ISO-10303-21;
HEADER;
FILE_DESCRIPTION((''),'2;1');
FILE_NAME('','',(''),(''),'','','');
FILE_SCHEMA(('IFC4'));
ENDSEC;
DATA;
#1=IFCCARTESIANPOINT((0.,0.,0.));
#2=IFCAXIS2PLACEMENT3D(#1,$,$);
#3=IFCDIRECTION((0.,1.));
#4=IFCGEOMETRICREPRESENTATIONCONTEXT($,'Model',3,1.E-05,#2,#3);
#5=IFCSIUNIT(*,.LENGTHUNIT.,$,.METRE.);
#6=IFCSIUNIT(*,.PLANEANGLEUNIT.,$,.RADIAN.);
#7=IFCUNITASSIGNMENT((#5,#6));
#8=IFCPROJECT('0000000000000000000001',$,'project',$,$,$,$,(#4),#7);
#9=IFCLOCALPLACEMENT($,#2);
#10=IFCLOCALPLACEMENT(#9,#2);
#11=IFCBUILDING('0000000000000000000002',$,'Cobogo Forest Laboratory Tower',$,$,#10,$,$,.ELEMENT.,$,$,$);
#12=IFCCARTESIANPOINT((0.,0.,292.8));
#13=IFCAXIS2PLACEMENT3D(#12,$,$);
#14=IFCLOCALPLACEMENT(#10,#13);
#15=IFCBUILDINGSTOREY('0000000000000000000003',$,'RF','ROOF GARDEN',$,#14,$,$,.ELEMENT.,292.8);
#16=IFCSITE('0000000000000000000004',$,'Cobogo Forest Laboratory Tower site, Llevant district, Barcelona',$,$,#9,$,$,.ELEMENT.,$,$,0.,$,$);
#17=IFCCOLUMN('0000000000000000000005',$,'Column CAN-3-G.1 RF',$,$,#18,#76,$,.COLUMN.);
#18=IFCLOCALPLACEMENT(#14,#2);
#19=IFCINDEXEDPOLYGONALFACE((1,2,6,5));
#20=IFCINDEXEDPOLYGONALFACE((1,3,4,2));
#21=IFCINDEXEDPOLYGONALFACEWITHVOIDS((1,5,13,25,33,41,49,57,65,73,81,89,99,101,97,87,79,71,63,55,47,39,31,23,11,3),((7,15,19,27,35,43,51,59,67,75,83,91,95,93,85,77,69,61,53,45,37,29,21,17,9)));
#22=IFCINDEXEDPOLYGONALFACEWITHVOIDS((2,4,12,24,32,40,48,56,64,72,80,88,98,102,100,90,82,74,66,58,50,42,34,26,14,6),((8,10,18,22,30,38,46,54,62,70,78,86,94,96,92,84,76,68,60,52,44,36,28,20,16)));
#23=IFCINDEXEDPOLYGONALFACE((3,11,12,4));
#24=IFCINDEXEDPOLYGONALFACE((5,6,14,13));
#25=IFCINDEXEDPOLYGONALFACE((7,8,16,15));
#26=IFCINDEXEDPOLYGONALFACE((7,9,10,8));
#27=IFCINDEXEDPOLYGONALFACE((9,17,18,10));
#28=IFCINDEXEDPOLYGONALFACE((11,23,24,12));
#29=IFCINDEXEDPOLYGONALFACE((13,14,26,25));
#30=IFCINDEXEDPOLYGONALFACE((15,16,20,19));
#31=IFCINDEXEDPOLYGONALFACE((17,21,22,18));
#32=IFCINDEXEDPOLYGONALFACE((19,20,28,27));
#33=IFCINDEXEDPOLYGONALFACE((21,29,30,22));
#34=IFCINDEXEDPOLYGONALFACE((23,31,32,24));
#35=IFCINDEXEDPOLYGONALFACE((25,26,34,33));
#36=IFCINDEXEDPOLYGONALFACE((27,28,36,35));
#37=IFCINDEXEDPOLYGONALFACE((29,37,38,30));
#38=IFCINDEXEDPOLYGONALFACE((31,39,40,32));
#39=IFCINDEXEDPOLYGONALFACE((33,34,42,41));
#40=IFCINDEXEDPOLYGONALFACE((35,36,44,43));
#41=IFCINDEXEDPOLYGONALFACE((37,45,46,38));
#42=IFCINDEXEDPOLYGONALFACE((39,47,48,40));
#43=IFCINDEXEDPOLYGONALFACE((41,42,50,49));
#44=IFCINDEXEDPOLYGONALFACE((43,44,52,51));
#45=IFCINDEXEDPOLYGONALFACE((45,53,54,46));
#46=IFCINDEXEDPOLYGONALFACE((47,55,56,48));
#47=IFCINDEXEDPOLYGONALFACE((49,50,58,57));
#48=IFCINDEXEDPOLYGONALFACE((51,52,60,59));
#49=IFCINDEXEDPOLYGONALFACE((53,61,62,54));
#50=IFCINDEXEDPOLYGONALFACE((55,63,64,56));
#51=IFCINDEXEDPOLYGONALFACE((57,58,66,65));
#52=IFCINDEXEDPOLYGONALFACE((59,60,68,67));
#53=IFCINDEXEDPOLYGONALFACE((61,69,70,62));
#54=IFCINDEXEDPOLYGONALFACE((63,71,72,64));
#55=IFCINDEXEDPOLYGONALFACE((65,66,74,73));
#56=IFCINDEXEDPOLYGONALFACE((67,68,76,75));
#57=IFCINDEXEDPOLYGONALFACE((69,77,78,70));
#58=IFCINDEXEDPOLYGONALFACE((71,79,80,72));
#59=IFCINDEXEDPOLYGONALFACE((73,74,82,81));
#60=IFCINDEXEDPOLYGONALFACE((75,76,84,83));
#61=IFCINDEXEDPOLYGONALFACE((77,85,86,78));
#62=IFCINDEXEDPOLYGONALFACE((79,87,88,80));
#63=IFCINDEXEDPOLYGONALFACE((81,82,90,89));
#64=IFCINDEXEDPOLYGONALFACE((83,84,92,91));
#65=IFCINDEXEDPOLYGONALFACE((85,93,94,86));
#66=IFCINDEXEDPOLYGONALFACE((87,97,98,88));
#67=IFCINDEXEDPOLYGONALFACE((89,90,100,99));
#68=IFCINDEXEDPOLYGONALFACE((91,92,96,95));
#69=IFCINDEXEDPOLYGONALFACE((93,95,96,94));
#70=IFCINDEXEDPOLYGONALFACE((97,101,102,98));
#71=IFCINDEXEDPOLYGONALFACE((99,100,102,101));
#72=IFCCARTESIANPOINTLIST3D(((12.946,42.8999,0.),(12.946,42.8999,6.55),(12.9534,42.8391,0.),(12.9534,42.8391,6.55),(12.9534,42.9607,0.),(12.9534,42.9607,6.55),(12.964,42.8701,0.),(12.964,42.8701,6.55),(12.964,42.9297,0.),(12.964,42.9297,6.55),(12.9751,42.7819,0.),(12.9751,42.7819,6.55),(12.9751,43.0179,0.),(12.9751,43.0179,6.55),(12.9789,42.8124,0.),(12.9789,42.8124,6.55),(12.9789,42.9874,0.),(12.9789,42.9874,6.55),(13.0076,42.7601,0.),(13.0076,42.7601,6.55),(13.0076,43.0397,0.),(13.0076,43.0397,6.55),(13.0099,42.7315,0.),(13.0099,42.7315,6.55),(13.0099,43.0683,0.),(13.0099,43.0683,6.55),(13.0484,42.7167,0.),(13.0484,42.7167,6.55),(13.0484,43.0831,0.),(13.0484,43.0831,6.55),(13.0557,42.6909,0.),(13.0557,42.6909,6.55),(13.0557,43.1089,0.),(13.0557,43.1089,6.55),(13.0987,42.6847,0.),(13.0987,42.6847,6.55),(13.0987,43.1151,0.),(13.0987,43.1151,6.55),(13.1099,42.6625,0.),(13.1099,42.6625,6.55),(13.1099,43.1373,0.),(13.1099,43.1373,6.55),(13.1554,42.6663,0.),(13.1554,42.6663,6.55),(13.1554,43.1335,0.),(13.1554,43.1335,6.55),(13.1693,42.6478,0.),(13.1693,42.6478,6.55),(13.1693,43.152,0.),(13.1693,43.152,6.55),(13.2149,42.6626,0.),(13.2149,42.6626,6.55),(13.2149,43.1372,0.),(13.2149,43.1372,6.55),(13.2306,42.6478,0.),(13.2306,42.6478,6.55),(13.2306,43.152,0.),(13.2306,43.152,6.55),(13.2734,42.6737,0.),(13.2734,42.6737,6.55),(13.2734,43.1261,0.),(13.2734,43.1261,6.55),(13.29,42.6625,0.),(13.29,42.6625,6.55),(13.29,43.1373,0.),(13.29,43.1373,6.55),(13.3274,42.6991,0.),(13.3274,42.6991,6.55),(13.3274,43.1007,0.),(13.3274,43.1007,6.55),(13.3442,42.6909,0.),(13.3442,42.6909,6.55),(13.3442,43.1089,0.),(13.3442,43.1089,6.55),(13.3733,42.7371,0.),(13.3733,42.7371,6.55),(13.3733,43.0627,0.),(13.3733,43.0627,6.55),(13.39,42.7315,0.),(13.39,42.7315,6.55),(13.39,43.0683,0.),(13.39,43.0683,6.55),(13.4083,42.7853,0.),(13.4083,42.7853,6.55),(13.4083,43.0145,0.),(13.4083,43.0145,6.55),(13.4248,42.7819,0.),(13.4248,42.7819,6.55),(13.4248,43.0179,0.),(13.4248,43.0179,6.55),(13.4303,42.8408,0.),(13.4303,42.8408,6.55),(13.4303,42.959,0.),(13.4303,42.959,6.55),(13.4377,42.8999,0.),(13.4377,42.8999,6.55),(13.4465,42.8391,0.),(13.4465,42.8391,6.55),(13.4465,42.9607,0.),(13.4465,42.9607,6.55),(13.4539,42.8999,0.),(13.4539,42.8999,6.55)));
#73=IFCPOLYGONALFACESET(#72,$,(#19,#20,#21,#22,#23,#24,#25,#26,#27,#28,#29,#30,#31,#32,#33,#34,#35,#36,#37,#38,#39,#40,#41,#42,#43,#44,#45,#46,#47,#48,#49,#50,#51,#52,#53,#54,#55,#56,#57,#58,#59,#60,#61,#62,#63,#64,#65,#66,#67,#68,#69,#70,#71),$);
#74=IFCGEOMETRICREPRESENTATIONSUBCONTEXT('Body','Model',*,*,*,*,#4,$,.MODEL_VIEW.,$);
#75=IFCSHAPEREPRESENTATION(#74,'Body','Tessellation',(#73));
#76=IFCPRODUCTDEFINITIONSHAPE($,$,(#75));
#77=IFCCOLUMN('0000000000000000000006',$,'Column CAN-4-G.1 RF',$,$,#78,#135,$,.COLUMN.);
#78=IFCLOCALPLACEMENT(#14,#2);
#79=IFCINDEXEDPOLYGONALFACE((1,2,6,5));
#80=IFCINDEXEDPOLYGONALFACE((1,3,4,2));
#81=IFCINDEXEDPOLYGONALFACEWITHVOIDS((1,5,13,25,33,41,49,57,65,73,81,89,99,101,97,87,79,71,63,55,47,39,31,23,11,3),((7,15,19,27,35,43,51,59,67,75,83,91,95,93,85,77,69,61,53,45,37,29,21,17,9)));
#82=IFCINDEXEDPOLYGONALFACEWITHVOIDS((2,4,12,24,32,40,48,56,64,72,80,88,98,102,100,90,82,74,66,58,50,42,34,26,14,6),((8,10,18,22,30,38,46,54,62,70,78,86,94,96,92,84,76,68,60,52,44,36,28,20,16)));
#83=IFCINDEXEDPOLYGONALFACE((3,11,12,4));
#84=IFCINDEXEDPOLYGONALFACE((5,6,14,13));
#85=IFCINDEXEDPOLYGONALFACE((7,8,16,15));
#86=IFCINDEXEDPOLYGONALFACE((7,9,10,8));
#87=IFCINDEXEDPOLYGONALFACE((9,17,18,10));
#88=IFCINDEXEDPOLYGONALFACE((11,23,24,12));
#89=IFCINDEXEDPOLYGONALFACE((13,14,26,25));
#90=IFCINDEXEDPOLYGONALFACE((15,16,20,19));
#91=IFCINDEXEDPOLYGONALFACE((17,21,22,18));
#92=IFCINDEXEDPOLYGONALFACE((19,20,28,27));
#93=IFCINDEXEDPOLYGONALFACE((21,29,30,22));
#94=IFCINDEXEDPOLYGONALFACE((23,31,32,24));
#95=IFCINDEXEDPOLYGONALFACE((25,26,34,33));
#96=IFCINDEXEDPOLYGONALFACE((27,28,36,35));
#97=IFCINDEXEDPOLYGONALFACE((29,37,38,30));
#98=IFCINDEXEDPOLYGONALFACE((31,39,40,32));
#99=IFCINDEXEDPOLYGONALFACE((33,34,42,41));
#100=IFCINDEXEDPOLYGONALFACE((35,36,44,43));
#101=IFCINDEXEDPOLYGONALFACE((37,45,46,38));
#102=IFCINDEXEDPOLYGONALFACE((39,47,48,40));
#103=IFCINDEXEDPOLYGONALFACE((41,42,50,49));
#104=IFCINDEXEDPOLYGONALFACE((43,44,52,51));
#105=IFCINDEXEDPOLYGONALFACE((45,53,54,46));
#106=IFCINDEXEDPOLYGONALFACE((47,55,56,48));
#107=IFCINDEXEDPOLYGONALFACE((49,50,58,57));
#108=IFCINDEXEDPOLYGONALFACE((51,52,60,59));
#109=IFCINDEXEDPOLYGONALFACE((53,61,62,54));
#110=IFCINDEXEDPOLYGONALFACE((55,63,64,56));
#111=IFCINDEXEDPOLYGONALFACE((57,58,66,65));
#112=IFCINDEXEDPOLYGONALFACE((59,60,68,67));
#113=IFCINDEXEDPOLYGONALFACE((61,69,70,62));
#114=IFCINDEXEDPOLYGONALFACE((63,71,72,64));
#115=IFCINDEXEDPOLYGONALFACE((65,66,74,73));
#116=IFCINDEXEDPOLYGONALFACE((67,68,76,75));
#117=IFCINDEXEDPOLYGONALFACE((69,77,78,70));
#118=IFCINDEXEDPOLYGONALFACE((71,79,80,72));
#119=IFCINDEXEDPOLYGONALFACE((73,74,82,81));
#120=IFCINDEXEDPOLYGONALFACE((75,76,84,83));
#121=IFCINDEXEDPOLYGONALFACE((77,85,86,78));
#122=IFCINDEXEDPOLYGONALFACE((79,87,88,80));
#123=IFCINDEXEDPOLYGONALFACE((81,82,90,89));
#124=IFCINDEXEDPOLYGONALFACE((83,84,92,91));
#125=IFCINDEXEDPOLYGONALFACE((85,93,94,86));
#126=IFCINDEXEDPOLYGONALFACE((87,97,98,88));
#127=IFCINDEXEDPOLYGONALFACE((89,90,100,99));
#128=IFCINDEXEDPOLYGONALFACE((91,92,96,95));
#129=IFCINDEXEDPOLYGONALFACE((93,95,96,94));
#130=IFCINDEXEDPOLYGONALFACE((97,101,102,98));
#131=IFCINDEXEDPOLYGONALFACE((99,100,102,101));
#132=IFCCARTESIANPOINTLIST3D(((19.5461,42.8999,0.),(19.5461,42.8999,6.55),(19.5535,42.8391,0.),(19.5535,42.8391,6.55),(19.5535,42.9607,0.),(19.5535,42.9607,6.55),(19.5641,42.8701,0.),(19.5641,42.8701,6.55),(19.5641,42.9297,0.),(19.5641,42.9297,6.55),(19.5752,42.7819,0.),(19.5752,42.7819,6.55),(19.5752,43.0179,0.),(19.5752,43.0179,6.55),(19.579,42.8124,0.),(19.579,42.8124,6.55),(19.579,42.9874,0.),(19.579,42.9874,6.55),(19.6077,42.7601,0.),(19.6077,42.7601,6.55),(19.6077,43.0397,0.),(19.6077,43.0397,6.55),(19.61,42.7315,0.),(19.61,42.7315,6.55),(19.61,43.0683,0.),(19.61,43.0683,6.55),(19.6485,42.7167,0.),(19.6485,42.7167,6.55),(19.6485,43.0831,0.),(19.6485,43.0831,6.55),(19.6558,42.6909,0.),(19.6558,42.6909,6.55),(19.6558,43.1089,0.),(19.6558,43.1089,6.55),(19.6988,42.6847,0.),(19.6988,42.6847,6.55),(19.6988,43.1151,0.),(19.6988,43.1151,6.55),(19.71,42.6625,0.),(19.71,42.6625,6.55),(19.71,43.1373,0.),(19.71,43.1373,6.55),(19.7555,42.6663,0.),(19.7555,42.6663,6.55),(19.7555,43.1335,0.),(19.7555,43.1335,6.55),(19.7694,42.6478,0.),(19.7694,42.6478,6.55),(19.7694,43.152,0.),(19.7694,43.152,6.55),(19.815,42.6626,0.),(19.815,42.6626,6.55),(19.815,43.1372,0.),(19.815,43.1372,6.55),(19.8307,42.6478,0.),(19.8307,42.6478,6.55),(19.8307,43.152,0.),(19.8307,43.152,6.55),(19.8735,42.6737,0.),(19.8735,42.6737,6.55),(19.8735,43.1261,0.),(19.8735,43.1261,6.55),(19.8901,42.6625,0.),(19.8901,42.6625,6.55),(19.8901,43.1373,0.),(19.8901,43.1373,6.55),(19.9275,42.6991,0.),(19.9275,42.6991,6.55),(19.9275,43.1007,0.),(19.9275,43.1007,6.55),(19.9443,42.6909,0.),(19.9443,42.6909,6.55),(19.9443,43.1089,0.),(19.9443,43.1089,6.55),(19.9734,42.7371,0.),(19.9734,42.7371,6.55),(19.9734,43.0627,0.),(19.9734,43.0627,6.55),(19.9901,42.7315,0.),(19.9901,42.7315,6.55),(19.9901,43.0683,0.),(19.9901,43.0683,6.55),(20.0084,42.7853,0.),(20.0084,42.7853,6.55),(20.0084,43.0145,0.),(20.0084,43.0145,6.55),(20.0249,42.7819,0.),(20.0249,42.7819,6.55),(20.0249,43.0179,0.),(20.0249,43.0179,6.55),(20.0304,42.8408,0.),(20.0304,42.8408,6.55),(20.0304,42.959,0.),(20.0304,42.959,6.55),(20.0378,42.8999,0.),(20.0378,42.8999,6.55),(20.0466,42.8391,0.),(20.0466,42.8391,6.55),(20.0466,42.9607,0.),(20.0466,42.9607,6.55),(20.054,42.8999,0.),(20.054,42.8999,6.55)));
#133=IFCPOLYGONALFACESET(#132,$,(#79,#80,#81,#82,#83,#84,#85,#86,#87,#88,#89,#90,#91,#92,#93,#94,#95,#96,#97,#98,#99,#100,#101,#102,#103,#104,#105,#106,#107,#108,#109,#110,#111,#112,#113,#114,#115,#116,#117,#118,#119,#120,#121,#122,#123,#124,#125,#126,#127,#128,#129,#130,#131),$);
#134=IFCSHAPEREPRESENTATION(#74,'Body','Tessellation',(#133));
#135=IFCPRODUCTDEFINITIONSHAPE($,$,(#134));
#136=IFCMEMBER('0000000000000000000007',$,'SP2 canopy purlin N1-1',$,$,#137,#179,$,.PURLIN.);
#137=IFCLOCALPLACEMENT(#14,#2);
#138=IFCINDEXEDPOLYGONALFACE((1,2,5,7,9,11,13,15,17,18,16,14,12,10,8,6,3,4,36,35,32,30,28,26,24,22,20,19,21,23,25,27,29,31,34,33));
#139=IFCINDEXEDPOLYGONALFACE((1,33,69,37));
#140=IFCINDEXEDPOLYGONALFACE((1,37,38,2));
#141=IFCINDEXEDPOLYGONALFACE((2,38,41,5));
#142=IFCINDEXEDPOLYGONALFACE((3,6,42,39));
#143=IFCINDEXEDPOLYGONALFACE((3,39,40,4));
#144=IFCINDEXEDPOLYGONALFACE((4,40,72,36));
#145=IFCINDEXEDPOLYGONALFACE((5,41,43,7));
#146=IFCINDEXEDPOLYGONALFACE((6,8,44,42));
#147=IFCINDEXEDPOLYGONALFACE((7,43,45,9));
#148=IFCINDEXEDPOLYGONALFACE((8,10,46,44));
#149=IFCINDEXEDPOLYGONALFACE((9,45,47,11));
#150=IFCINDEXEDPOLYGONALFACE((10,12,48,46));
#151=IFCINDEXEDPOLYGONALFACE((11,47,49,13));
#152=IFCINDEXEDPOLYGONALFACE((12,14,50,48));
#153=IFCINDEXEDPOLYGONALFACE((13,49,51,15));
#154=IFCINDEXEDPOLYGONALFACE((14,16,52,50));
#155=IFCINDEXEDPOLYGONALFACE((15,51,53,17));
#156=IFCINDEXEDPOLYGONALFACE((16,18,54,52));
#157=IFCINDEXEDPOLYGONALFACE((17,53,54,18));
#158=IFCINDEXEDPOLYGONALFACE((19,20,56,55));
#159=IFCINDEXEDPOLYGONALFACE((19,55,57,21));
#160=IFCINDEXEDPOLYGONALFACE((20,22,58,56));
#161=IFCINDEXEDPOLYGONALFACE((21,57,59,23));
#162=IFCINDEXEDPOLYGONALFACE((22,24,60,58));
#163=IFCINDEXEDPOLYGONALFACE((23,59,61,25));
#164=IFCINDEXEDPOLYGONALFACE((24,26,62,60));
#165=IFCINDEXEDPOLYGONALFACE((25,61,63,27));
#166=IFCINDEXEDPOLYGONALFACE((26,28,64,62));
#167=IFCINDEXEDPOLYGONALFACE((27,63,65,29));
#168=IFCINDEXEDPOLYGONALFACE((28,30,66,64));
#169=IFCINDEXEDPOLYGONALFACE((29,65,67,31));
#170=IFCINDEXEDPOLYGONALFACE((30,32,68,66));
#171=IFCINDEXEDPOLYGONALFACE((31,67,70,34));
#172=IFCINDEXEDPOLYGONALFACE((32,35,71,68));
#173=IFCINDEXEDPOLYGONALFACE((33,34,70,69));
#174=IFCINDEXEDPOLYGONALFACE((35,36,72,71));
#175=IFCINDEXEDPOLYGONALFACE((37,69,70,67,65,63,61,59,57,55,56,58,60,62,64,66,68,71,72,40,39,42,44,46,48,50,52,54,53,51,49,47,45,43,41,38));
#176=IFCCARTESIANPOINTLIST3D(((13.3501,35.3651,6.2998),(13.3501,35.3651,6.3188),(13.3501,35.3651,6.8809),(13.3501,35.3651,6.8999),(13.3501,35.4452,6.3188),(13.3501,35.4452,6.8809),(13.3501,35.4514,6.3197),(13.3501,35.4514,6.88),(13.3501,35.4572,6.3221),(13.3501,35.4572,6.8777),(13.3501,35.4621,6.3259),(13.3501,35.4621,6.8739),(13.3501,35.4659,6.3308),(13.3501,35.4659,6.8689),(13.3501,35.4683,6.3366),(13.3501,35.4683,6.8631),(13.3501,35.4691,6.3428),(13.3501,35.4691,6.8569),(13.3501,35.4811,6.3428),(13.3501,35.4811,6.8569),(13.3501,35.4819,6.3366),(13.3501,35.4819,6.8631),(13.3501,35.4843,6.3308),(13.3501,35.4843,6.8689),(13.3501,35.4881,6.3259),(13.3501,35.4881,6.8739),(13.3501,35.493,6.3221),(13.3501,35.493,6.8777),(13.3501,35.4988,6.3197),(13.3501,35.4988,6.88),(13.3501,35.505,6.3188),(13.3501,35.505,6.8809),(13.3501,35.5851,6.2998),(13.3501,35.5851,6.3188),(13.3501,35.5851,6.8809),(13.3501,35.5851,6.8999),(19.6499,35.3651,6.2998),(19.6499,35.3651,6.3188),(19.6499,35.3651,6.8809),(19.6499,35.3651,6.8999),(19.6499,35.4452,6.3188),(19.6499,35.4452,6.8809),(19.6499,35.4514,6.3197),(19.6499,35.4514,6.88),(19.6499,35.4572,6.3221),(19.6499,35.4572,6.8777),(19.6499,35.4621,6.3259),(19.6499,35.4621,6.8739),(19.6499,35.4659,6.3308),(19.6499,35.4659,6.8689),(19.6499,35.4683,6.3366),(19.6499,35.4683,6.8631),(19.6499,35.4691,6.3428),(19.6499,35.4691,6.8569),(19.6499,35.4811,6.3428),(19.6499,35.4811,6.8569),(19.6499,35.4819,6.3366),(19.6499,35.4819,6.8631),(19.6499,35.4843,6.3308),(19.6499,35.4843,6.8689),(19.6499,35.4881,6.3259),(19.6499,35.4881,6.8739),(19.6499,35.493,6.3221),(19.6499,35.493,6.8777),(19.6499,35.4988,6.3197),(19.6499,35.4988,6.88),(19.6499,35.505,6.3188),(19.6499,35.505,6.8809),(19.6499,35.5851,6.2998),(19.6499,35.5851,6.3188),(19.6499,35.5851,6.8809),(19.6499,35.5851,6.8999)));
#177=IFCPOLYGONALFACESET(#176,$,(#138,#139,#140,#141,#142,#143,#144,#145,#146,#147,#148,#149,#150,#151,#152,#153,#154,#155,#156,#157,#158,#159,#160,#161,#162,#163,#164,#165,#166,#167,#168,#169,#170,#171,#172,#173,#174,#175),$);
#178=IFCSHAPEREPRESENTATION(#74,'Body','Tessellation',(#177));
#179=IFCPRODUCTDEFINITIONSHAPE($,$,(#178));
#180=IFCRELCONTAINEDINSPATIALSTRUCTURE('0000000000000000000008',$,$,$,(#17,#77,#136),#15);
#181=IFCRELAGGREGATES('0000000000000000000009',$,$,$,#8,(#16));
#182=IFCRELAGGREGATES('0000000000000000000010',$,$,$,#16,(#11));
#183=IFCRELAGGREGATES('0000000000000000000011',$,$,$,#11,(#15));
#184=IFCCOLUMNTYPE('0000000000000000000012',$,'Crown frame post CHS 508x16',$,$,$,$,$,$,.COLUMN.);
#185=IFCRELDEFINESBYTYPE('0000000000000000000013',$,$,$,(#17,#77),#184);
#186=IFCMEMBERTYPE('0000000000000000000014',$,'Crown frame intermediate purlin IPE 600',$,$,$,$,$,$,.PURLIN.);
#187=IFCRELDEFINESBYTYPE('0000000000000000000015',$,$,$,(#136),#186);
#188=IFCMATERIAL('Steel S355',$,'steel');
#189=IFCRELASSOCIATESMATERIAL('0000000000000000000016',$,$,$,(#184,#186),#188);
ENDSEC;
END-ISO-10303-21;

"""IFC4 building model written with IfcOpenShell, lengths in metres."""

from ifc_helpers import new_model, si_unit, direction, frame, origin, origin_2d, place, context, subcontext, project, spatial, hollow_circle, i_section, extrude, material, material_profile, profile_set, type_object, element, save


model = new_model("IFC4")

# Units and contexts
model_context = context("Model", 3, precision=1e-05, world=origin(), true_north=direction((0.0, 1.0)))
body_context = subcontext(model_context, "Body", "Model", "MODEL_VIEW")
ifc_project = project(units=[si_unit("LENGTHUNIT", "METRE"), si_unit("PLANEANGLEUNIT", "RADIAN")], contexts=[model_context])

# Site, building, storey
site_placement = place(None, origin())
site = spatial("IfcSite", under=ifc_project, at=site_placement, Name="Cobogo Forest Laboratory Tower site, Llevant district, Barcelona", CompositionType="ELEMENT", RefElevation=0.0)
building_placement = place(site_placement, origin())
building = spatial("IfcBuilding", under=site, at=building_placement, Name="Cobogo Forest Laboratory Tower", CompositionType="ELEMENT")
storey_placement = place(building_placement, frame((0.0, 0.0, 292.8)))
storey = spatial("IfcBuildingStorey", under=building, at=storey_placement, Name="RF", Description="ROOF GARDEN", CompositionType="ELEMENT", Elevation=292.8)

# Columns
ifc_material_1 = material(Name="Steel S355", Category="steel")
ifc_material_profile_1 = material_profile(ifc_material_1, hollow_circle(Radius=0.2539, WallThickness=0.0161, at=origin_2d()), Name="CHS 508x16")
ifc_profile_set_1 = profile_set([ifc_material_profile_1], Name="Steel S355")
column_type = type_object("IfcColumnType", Name="Crown frame post CHS 508x16", PredefinedType="COLUMN", material=ifc_profile_set_1)
for number, where, z_axis, x_axis, name in (
    (1, (13.2, 42.8999, 0.0), (0.0, 0.0, 1.0), (1.0, 0.0, 0.0), "Column CAN-3-G.1 RF"),
    (2, (19.8, 42.8999, 0.0), (0.0, 0.0, 1.0), (1.0, 0.0, 0.0), "Column CAN-4-G.1 RF"),
):
    element("IfcColumn", number, at=place(storey_placement, frame(where, z_axis=z_axis, x_axis=x_axis)), inside=storey, type_object=column_type, Name=name, PredefinedType="COLUMN", context=body_context, shape_type="SweptSolid", body=[
        extrude(hollow_circle(Radius=0.2539, WallThickness=0.0161, at=origin_2d()), origin(), (0.0, 0.0, 1.0), 6.55),
    ])

# Member
ifc_material_profile_2 = material_profile(ifc_material_1, i_section(OverallWidth=0.22, OverallDepth=0.6001, WebThickness=0.012, FlangeThickness=0.019, FilletRadius=0.0239, at=origin_2d()), Name="IPE 600")
ifc_profile_set_2 = profile_set([ifc_material_profile_2], Name="Steel S355")
member_type = type_object("IfcMemberType", Name="Crown frame intermediate purlin IPE 600", PredefinedType="PURLIN", material=ifc_profile_set_2)
member_1_placement = place(storey_placement, frame((13.3501, 35.4751, 6.5999), z_axis=(1.0, 0.0, 0.0), x_axis=(0.0, 1.0, 0.0)))
element("IfcMember", 3, at=member_1_placement, inside=storey, type_object=member_type, Name="SP2 canopy purlin N1-1", PredefinedType="PURLIN", context=body_context, shape_type="SweptSolid", body=[
    extrude(i_section(OverallWidth=0.22, OverallDepth=0.6001, WebThickness=0.012, FlangeThickness=0.019, FilletRadius=0.0239, at=origin_2d()), origin(), (0.0, 0.0, 1.0), 6.2998),
])

save(model, "model.ifc")
